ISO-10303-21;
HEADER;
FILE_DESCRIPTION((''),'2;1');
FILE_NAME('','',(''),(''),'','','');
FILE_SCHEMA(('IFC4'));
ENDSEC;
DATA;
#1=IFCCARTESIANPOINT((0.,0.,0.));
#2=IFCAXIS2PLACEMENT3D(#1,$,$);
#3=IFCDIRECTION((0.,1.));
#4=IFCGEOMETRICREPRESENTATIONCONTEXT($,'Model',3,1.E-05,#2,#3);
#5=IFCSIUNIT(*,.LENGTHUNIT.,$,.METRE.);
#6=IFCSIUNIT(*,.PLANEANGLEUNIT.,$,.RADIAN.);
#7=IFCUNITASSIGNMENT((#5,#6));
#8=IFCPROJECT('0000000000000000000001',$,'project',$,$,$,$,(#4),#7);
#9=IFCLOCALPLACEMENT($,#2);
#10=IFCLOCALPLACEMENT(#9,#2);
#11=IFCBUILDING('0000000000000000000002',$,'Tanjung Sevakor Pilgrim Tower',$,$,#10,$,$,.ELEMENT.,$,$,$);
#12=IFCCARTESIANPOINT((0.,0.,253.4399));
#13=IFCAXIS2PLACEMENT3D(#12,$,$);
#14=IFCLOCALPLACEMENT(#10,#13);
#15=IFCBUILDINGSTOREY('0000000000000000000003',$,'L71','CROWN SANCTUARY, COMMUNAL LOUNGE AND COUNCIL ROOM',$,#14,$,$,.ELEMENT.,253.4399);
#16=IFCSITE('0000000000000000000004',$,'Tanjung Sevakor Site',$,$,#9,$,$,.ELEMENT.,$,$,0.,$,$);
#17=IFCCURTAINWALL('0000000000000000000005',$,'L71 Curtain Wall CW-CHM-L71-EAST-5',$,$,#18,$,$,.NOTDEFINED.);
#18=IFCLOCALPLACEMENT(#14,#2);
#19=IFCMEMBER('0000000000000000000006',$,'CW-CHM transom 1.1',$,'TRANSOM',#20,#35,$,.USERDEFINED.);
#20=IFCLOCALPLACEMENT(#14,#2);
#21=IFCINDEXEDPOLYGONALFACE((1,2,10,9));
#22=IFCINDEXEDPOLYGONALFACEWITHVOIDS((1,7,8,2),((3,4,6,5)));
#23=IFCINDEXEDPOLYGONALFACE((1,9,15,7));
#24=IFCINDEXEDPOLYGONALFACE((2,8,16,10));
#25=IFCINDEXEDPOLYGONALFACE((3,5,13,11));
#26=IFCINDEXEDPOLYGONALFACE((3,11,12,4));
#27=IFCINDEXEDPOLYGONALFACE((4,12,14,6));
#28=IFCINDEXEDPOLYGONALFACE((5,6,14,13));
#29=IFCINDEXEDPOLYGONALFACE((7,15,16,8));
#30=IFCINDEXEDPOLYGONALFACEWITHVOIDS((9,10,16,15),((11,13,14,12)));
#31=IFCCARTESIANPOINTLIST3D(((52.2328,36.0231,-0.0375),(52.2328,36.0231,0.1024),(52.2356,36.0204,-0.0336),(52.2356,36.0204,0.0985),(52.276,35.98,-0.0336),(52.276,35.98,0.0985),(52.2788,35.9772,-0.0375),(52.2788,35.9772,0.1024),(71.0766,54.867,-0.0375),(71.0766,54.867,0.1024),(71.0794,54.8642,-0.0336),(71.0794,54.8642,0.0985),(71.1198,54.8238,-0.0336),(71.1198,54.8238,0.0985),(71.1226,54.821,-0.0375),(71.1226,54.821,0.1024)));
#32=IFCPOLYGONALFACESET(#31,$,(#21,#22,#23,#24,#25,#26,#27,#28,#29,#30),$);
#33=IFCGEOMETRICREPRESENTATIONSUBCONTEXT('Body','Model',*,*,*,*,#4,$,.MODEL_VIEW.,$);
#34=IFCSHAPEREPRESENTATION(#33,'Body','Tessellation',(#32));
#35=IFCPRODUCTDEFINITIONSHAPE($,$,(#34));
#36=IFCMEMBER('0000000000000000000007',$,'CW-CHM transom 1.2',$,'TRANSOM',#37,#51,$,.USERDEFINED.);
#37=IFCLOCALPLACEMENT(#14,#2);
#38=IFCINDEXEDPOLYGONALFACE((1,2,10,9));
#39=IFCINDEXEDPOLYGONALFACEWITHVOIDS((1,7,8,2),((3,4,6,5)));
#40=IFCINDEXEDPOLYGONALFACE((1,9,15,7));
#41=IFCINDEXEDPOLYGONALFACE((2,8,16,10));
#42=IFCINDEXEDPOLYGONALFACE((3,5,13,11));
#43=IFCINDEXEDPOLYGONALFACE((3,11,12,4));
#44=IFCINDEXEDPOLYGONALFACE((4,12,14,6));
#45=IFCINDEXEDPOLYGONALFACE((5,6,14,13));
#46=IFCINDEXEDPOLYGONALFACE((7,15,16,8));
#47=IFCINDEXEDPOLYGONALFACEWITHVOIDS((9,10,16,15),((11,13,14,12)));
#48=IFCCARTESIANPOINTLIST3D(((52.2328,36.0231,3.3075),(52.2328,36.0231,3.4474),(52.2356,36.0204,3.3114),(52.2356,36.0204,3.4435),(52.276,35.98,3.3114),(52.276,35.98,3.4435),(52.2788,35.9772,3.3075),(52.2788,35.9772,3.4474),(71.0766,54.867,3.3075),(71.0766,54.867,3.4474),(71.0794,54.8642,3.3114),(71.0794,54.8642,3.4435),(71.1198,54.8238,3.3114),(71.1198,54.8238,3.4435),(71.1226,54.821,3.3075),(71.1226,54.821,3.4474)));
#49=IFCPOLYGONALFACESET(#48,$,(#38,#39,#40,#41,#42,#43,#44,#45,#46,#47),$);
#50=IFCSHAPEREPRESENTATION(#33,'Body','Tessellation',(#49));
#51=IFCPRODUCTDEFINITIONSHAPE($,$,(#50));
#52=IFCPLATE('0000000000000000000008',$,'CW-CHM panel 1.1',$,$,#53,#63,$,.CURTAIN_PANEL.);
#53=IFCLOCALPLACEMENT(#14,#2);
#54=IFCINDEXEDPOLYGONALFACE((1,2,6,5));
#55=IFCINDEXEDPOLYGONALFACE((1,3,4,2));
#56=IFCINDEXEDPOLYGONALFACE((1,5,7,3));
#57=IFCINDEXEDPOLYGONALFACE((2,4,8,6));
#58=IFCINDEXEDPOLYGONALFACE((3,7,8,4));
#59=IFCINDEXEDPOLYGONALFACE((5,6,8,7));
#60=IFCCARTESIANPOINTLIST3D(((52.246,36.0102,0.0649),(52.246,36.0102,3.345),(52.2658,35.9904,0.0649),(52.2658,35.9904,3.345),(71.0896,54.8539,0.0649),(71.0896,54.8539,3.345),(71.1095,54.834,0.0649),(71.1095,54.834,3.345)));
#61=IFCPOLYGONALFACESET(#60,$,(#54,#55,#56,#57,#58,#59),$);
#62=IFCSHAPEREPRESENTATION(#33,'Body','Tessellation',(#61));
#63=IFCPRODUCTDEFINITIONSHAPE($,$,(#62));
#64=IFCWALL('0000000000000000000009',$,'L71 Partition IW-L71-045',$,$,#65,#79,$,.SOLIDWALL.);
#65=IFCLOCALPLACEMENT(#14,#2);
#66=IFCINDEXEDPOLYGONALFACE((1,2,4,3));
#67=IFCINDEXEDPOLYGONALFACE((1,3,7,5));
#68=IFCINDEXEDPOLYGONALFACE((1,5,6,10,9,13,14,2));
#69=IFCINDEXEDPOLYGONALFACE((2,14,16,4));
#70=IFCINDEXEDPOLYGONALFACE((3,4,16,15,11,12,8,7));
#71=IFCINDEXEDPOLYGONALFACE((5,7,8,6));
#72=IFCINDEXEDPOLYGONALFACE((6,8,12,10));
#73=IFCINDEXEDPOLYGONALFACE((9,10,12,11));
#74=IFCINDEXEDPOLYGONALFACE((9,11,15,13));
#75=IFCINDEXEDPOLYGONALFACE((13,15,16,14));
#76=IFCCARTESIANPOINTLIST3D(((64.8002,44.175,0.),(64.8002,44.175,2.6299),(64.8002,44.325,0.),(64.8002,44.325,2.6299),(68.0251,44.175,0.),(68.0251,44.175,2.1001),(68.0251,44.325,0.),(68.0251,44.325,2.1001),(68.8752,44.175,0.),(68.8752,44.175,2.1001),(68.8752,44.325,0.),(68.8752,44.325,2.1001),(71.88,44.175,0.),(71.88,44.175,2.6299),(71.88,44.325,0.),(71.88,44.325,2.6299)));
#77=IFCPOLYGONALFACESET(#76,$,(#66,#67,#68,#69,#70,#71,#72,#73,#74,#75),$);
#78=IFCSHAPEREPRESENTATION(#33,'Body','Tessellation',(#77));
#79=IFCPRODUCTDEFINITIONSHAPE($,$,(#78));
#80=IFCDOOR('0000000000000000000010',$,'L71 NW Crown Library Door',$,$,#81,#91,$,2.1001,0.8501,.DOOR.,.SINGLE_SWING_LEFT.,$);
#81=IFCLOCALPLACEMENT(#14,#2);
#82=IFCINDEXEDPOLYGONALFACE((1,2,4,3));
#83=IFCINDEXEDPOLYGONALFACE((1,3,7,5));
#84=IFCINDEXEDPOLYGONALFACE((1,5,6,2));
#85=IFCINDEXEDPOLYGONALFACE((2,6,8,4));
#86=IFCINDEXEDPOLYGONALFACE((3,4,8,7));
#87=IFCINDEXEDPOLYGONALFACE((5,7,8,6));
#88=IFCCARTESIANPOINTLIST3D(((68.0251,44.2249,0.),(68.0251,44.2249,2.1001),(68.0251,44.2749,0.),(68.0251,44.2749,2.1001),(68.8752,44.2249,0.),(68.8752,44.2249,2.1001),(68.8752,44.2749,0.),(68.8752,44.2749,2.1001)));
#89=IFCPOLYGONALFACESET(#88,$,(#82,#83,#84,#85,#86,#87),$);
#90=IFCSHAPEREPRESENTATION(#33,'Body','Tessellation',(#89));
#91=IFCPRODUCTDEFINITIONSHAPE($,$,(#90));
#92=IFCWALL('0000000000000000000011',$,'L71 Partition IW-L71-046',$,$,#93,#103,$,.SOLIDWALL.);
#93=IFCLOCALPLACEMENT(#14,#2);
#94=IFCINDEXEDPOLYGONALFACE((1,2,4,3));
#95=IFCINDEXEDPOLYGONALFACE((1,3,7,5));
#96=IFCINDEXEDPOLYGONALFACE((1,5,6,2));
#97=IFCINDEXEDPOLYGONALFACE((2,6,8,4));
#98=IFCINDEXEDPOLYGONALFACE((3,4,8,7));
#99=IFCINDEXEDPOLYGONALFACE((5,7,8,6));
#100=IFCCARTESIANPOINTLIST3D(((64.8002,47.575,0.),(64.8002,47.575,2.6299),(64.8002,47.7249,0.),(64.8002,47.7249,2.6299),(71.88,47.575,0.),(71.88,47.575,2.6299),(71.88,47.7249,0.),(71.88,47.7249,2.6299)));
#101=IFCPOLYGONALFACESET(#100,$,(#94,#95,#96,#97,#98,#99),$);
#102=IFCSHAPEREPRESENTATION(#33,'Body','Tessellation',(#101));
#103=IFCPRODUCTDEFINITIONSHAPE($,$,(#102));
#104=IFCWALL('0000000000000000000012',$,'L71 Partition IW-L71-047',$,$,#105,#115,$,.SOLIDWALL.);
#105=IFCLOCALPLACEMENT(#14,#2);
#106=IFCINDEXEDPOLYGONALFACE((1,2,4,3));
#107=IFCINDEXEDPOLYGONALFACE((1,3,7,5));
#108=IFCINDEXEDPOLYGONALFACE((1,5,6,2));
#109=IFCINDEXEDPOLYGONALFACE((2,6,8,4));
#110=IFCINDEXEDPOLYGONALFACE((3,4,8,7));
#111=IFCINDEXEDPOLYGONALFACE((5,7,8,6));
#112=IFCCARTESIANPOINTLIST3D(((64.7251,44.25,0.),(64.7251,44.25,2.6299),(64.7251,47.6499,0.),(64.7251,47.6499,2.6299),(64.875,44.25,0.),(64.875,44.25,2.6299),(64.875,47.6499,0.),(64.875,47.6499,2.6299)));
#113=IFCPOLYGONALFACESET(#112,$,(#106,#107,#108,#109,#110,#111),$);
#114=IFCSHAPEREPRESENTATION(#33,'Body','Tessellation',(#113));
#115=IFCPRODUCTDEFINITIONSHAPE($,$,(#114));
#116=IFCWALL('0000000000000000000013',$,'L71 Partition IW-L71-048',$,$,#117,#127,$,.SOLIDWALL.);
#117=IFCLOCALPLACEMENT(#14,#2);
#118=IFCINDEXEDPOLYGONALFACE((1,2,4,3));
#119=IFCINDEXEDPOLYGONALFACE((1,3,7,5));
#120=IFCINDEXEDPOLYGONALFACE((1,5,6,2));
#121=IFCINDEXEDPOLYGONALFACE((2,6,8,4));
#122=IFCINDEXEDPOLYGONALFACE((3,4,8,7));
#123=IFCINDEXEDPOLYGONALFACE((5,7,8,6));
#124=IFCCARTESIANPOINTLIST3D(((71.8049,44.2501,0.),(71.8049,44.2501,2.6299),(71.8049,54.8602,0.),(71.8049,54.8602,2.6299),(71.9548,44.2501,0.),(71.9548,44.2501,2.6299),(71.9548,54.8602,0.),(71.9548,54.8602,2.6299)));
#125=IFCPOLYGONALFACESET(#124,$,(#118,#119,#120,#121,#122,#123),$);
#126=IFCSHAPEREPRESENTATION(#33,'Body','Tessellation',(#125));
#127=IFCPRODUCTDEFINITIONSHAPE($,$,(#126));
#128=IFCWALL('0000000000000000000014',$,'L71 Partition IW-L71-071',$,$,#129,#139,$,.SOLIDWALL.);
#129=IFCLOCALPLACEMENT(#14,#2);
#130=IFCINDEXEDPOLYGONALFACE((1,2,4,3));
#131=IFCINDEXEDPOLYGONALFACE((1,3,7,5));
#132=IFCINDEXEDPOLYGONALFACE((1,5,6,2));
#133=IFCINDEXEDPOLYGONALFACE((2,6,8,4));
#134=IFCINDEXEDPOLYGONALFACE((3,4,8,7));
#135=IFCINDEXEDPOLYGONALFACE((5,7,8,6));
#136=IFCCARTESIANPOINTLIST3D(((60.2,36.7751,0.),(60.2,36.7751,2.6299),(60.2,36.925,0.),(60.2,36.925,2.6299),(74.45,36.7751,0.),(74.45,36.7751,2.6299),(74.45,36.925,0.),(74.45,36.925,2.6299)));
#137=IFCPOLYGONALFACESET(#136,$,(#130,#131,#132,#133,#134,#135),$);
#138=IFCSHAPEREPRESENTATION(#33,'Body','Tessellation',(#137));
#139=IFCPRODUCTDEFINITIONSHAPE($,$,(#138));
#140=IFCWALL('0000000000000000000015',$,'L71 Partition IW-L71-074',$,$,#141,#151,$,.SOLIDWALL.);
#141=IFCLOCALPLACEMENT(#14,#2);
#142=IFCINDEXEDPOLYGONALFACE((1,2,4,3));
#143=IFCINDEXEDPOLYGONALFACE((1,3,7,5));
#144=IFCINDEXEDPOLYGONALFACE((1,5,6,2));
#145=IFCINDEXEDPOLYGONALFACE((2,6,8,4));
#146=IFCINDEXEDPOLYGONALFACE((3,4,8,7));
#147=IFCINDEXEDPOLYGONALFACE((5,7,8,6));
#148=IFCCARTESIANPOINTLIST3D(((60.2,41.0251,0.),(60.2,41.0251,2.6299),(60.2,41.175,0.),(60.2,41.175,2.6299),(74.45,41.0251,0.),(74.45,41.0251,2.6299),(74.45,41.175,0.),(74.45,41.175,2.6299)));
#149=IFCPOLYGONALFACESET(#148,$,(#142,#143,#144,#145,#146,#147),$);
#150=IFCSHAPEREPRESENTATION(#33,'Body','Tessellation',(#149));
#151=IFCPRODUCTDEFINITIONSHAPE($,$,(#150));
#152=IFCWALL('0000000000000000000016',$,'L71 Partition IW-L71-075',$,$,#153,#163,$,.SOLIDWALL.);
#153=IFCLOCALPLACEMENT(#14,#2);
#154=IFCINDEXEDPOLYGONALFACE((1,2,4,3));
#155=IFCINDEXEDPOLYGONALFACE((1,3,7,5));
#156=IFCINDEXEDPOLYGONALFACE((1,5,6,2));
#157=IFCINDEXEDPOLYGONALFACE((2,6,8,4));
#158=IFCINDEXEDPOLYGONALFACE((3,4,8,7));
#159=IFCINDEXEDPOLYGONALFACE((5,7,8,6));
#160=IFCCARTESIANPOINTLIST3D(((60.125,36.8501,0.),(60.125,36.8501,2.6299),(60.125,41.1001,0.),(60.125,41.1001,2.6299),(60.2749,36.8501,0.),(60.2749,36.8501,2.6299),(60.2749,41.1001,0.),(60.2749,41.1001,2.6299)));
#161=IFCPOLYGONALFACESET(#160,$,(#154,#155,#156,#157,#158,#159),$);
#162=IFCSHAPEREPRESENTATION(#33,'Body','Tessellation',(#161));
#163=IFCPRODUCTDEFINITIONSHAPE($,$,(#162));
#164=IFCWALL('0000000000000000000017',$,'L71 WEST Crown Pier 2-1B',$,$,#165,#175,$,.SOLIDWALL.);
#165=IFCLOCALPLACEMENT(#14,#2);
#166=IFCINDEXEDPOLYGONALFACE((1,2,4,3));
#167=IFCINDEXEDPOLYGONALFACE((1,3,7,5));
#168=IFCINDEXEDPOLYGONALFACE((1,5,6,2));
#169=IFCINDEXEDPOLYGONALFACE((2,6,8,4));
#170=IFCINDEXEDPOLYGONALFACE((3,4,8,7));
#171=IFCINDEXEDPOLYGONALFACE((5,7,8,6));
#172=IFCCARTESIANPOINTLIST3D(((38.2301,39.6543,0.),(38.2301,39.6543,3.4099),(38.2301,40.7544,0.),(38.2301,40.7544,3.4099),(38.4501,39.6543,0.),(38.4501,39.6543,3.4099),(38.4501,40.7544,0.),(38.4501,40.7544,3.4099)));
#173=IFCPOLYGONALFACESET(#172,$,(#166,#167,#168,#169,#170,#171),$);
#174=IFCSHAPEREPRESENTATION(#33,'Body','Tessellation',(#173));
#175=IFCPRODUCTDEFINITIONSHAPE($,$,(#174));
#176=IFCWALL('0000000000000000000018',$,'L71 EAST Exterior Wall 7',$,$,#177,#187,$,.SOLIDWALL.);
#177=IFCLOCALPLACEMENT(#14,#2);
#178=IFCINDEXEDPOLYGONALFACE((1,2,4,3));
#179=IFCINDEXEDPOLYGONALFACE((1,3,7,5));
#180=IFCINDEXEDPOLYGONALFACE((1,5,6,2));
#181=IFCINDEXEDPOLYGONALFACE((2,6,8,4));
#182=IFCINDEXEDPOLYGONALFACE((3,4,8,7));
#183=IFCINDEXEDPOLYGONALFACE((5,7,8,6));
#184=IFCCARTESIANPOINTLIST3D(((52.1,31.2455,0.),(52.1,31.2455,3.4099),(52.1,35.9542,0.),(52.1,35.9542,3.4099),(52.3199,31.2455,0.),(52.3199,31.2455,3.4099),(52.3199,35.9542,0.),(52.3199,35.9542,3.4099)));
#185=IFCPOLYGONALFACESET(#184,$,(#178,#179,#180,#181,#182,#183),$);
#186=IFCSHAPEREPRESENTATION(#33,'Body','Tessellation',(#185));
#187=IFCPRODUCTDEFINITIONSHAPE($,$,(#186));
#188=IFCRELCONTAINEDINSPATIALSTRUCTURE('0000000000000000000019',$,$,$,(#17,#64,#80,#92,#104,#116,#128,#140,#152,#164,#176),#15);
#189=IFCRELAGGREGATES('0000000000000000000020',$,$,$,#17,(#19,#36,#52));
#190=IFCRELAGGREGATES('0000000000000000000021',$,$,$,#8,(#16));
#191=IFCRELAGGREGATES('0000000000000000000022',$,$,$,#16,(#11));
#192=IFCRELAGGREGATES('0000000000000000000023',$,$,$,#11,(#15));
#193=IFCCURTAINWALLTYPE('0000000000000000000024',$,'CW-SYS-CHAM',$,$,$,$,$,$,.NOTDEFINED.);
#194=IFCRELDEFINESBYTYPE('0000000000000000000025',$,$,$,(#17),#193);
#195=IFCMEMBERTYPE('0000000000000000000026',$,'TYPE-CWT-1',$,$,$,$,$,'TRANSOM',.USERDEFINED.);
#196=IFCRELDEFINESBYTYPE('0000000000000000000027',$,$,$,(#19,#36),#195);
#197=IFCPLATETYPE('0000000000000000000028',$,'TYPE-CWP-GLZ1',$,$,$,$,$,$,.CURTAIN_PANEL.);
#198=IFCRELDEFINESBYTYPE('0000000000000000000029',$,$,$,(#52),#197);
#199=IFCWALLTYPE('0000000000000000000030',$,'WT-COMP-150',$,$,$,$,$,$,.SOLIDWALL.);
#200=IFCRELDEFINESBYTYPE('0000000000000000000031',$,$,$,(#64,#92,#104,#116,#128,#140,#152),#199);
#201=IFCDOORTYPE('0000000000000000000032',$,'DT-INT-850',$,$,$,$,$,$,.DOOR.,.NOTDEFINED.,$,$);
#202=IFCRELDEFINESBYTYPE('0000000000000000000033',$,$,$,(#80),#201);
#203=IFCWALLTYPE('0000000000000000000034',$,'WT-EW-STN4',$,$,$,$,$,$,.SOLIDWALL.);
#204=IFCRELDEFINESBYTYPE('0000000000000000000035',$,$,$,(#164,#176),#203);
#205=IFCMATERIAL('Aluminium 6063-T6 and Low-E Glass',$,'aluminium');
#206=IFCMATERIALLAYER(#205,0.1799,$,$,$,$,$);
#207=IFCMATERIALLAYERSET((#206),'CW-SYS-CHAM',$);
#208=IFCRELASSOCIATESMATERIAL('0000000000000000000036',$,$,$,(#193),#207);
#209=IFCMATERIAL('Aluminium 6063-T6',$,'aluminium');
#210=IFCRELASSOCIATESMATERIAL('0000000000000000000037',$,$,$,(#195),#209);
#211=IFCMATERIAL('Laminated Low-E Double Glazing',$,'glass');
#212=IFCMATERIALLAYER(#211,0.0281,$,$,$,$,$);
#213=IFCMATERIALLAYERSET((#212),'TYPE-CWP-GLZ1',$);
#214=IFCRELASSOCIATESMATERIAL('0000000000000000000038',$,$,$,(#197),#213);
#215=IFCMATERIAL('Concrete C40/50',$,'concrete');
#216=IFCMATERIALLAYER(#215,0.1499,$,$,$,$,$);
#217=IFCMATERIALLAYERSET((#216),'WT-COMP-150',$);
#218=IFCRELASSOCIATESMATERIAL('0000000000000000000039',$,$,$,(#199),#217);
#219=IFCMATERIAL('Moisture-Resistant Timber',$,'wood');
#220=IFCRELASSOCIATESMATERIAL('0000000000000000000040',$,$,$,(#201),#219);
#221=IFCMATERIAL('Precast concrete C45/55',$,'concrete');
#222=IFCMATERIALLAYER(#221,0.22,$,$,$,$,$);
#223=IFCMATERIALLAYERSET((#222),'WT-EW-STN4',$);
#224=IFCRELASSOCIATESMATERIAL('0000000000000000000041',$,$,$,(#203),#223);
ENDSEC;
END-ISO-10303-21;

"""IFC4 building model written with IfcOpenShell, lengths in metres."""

from ifc_helpers import new_model, si_unit, direction, frame, frame_2d, origin, origin_2d, place, context, subcontext, project, spatial, rectangle, hollow_rectangle, extrude, material, layer, layer_set, material_profile, profile_set, type_object, element, fill, aggregate, save


model = new_model("IFC4")

# Units and contexts
model_context = context("Model", 3, precision=1e-05, world=origin(), true_north=direction((0.0, 1.0)))
body_context = subcontext(model_context, "Body", "Model", "MODEL_VIEW")
ifc_project = project(units=[si_unit("LENGTHUNIT", "METRE"), si_unit("PLANEANGLEUNIT", "RADIAN")], contexts=[model_context])

# Site, building, storey
site_placement = place(None, origin())
site = spatial("IfcSite", under=ifc_project, at=site_placement, Name="Tanjung Sevakor Site", CompositionType="ELEMENT", RefElevation=0.0)
building_placement = place(site_placement, origin())
building = spatial("IfcBuilding", under=site, at=building_placement, Name="Tanjung Sevakor Pilgrim Tower", CompositionType="ELEMENT")
storey_placement = place(building_placement, frame((0.0, 0.0, 253.4399)))
storey = spatial("IfcBuildingStorey", under=building, at=storey_placement, Name="L71", Description="CROWN SANCTUARY, COMMUNAL LOUNGE AND COUNCIL ROOM", CompositionType="ELEMENT", Elevation=253.4399)

# Curtain wall, members, plate
ifc_material_1 = material(Name="Aluminium 6063-T6 and Low-E Glass", Category="aluminium")
ifc_layer_1 = layer(ifc_material_1, 0.1799)
ifc_layer_set_1 = layer_set([ifc_layer_1], Name="CW-SYS-CHAM")
curtain_wall_type = type_object("IfcCurtainWallType", Name="CW-SYS-CHAM", PredefinedType="NOTDEFINED", material=ifc_layer_set_1)
curtain_wall_placement = place(storey_placement, origin())
curtain_wall = element("IfcCurtainWall", 1, at=curtain_wall_placement, inside=storey, type_object=curtain_wall_type, Name="L71 Curtain Wall CW-CHM-L71-EAST-5", PredefinedType="NOTDEFINED")
ifc_material_2 = material(Name="Aluminium 6063-T6", Category="aluminium")
ifc_material_profile_1 = material_profile(ifc_material_2, hollow_rectangle(XDim=0.0649, YDim=0.1399, WallThickness=0.0039, at=origin_2d()))
ifc_profile_set_1 = profile_set([ifc_material_profile_1], Name="Aluminium 6063-T6")
member_type_1 = type_object("IfcMemberType", Name="TYPE-CWT-1", ElementType="TRANSOM", PredefinedType="USERDEFINED", material=ifc_profile_set_1)
member_1_placement = place(storey_placement, frame((71.0996, 54.844, 0.0325), z_axis=(-0.707107, -0.707107, 0.0), x_axis=(0.707107, -0.707107, 0.0)))
member_1 = element("IfcMember", 2, at=member_1_placement, type_object=member_type_1, Name="CW-CHM transom 1.1", ObjectType="TRANSOM", PredefinedType="USERDEFINED", context=body_context, shape_type="SweptSolid", body=[
    extrude(hollow_rectangle(XDim=0.0649, YDim=0.1399, WallThickness=0.0039, at=origin_2d()), origin(), (0.0, 0.0, 1.0), 26.6492),
])
member_2_placement = place(storey_placement, frame((71.0996, 54.844, 3.3774), z_axis=(-0.707107, -0.707107, 0.0), x_axis=(0.707107, -0.707107, 0.0)))
member_2 = element("IfcMember", 3, at=member_2_placement, type_object=member_type_1, Name="CW-CHM transom 1.2", ObjectType="TRANSOM", PredefinedType="USERDEFINED", context=body_context, shape_type="SweptSolid", body=[
    extrude(hollow_rectangle(XDim=0.0649, YDim=0.1399, WallThickness=0.0039, at=origin_2d()), origin(), (0.0, 0.0, 1.0), 26.6492),
])
ifc_material_3 = material(Name="Laminated Low-E Double Glazing", Category="glass")
ifc_layer_2 = layer(ifc_material_3, 0.0281)
ifc_layer_set_2 = layer_set([ifc_layer_2], Name="TYPE-CWP-GLZ1")
plate_type = type_object("IfcPlateType", Name="TYPE-CWP-GLZ1", PredefinedType="CURTAIN_PANEL", material=ifc_layer_set_2)
plate_placement = place(storey_placement, frame((61.6777, 45.4221, 0.0649), z_axis=(0.0, 0.0, 1.0), x_axis=(-0.707107, -0.707107, 0.0)))
plate = element("IfcPlate", 4, at=plate_placement, type_object=plate_type, Name="CW-CHM panel 1.1", PredefinedType="CURTAIN_PANEL", context=body_context, shape_type="SweptSolid", body=[
    extrude(rectangle(XDim=26.6489, YDim=0.0281, at=origin_2d()), origin(), (0.0, 0.0, 1.0), 3.28),
])
aggregate(curtain_wall, [member_1, member_2, plate])

# Wall, opening, door
ifc_material_4 = material(Name="Concrete C40/50", Category="concrete")
ifc_layer_3 = layer(ifc_material_4, 0.1499)
ifc_layer_set_3 = layer_set([ifc_layer_3], Name="WT-COMP-150")
wall_type_1 = type_object("IfcWallType", Name="WT-COMP-150", PredefinedType="SOLIDWALL", material=ifc_layer_set_3)
wall_1_placement = place(storey_placement, frame((64.8, 44.25, 0.0), z_axis=(0.0, 0.0, 1.0), x_axis=(1.0, 0.0, 0.0)))
wall_1 = element("IfcWall", 5, at=wall_1_placement, inside=storey, type_object=wall_type_1, Name="L71 Partition IW-L71-045", PredefinedType="SOLIDWALL", context=body_context, shape_type="SweptSolid", body=[
    extrude(rectangle(XDim=7.0798, YDim=0.1499, at=frame_2d((3.54, 0.0))), origin(), (0.0, 0.0, 1.0), 2.6299),
])
opening_placement = place(wall_1_placement, frame((3.2251, 0.0, 0.0)))
opening = element("IfcOpeningElement", 6, at=opening_placement, cuts=wall_1, PredefinedType="OPENING", context=body_context, shape_type="SweptSolid", body=[
    extrude(rectangle(XDim=0.8501, YDim=2.1001, at=frame_2d((0.425, 1.05))), frame((0.0, 0.085, 0.0), z_axis=(0.0, -1.0, 0.0), x_axis=(1.0, 0.0, 0.0)), (0.0, 0.0, 1.0), 0.1699),
])
ifc_material_5 = material(Name="Moisture-Resistant Timber", Category="wood")
door_type = type_object("IfcDoorType", Name="DT-INT-850", OperationType="NOTDEFINED", PredefinedType="DOOR", material=ifc_material_5)
door_placement = place(opening_placement, origin())
door = element("IfcDoor", 7, at=door_placement, inside=storey, type_object=door_type, Name="L71 NW Crown Library Door", OperationType="SINGLE_SWING_LEFT", OverallHeight=2.1001, OverallWidth=0.8501, PredefinedType="DOOR", context=body_context, shape_type="SweptSolid", body=[
    extrude(rectangle(XDim=0.8501, YDim=2.1001, at=frame_2d((0.425, 1.05))), frame((0.0, 0.0249, 0.0), z_axis=(0.0, -1.0, 0.0), x_axis=(1.0, 0.0, 0.0)), (0.0, 0.0, 1.0), 0.05),
])
fill(opening, door)

# Walls
wall_2_placement = place(storey_placement, frame((64.8, 47.6499, 0.0), z_axis=(0.0, 0.0, 1.0), x_axis=(1.0, 0.0, 0.0)))
element("IfcWall", 8, at=wall_2_placement, inside=storey, type_object=wall_type_1, Name="L71 Partition IW-L71-046", PredefinedType="SOLIDWALL", context=body_context, shape_type="SweptSolid", body=[
    extrude(rectangle(XDim=7.0798, YDim=0.1499, at=frame_2d((3.54, 0.0))), origin(), (0.0, 0.0, 1.0), 2.6299),
])
wall_3_placement = place(storey_placement, frame((64.8, 44.25, 0.0), z_axis=(0.0, 0.0, 1.0), x_axis=(0.0, 1.0, 0.0)))
element("IfcWall", 9, at=wall_3_placement, inside=storey, type_object=wall_type_1, Name="L71 Partition IW-L71-047", PredefinedType="SOLIDWALL", context=body_context, shape_type="SweptSolid", body=[
    extrude(rectangle(XDim=3.3999, YDim=0.1499, at=frame_2d((1.7, 0.0))), origin(), (0.0, 0.0, 1.0), 2.6299),
])
wall_4_placement = place(storey_placement, frame((71.8799, 44.25, 0.0), z_axis=(0.0, 0.0, 1.0), x_axis=(0.0, 1.0, 0.0)))
element("IfcWall", 10, at=wall_4_placement, inside=storey, type_object=wall_type_1, Name="L71 Partition IW-L71-048", PredefinedType="SOLIDWALL", context=body_context, shape_type="SweptSolid", body=[
    extrude(rectangle(XDim=10.6101, YDim=0.1499, at=frame_2d((5.3052, 0.0))), origin(), (0.0, 0.0, 1.0), 2.6299),
])
for number, where, z_axis, x_axis, name in (
    (11, (60.2, 36.8501, 0.0), (0.0, 0.0, 1.0), (1.0, 0.0, 0.0), "L71 Partition IW-L71-071"),
    (12, (60.2, 41.1001, 0.0), (0.0, 0.0, 1.0), (1.0, 0.0, 0.0), "L71 Partition IW-L71-074"),
):
    element("IfcWall", number, at=place(storey_placement, frame(where, z_axis=z_axis, x_axis=x_axis)), inside=storey, type_object=wall_type_1, Name=name, PredefinedType="SOLIDWALL", context=body_context, shape_type="SweptSolid", body=[
        extrude(rectangle(XDim=14.25, YDim=0.1499, at=frame_2d((7.125, 0.0))), origin(), (0.0, 0.0, 1.0), 2.6299),
    ])
wall_5_placement = place(storey_placement, frame((60.2, 36.8501, 0.0), z_axis=(0.0, 0.0, 1.0), x_axis=(0.0, 1.0, 0.0)))
element("IfcWall", 13, at=wall_5_placement, inside=storey, type_object=wall_type_1, Name="L71 Partition IW-L71-075", PredefinedType="SOLIDWALL", context=body_context, shape_type="SweptSolid", body=[
    extrude(rectangle(XDim=4.25, YDim=0.1499, at=frame_2d((2.125, 0.0))), origin(), (0.0, 0.0, 1.0), 2.6299),
])
ifc_material_6 = material(Name="Precast concrete C45/55", Category="concrete")
ifc_layer_4 = layer(ifc_material_6, 0.22)
ifc_layer_set_4 = layer_set([ifc_layer_4], Name="WT-EW-STN4")
wall_type_2 = type_object("IfcWallType", Name="WT-EW-STN4", PredefinedType="SOLIDWALL", material=ifc_layer_set_4)
wall_6_placement = place(storey_placement, frame((38.3401, 39.6543, 0.0), z_axis=(0.0, 0.0, 1.0), x_axis=(0.0, 1.0, 0.0)))
element("IfcWall", 14, at=wall_6_placement, inside=storey, type_object=wall_type_2, Name="L71 WEST Crown Pier 2-1B", PredefinedType="SOLIDWALL", context=body_context, shape_type="SweptSolid", body=[
    extrude(rectangle(XDim=1.1001, YDim=0.22, at=frame_2d((0.55, 0.0))), origin(), (0.0, 0.0, 1.0), 3.4099),
])
wall_7_placement = place(storey_placement, frame((52.21, 35.9543, 0.0), z_axis=(0.0, 0.0, 1.0), x_axis=(0.0, -1.0, 0.0)))
element("IfcWall", 15, at=wall_7_placement, inside=storey, type_object=wall_type_2, Name="L71 EAST Exterior Wall 7", PredefinedType="SOLIDWALL", context=body_context, shape_type="SweptSolid", body=[
    extrude(rectangle(XDim=4.7087, YDim=0.22, at=frame_2d((2.3545, 0.0))), origin(), (0.0, 0.0, 1.0), 3.4099),
])

save(model, "model.ifc")
